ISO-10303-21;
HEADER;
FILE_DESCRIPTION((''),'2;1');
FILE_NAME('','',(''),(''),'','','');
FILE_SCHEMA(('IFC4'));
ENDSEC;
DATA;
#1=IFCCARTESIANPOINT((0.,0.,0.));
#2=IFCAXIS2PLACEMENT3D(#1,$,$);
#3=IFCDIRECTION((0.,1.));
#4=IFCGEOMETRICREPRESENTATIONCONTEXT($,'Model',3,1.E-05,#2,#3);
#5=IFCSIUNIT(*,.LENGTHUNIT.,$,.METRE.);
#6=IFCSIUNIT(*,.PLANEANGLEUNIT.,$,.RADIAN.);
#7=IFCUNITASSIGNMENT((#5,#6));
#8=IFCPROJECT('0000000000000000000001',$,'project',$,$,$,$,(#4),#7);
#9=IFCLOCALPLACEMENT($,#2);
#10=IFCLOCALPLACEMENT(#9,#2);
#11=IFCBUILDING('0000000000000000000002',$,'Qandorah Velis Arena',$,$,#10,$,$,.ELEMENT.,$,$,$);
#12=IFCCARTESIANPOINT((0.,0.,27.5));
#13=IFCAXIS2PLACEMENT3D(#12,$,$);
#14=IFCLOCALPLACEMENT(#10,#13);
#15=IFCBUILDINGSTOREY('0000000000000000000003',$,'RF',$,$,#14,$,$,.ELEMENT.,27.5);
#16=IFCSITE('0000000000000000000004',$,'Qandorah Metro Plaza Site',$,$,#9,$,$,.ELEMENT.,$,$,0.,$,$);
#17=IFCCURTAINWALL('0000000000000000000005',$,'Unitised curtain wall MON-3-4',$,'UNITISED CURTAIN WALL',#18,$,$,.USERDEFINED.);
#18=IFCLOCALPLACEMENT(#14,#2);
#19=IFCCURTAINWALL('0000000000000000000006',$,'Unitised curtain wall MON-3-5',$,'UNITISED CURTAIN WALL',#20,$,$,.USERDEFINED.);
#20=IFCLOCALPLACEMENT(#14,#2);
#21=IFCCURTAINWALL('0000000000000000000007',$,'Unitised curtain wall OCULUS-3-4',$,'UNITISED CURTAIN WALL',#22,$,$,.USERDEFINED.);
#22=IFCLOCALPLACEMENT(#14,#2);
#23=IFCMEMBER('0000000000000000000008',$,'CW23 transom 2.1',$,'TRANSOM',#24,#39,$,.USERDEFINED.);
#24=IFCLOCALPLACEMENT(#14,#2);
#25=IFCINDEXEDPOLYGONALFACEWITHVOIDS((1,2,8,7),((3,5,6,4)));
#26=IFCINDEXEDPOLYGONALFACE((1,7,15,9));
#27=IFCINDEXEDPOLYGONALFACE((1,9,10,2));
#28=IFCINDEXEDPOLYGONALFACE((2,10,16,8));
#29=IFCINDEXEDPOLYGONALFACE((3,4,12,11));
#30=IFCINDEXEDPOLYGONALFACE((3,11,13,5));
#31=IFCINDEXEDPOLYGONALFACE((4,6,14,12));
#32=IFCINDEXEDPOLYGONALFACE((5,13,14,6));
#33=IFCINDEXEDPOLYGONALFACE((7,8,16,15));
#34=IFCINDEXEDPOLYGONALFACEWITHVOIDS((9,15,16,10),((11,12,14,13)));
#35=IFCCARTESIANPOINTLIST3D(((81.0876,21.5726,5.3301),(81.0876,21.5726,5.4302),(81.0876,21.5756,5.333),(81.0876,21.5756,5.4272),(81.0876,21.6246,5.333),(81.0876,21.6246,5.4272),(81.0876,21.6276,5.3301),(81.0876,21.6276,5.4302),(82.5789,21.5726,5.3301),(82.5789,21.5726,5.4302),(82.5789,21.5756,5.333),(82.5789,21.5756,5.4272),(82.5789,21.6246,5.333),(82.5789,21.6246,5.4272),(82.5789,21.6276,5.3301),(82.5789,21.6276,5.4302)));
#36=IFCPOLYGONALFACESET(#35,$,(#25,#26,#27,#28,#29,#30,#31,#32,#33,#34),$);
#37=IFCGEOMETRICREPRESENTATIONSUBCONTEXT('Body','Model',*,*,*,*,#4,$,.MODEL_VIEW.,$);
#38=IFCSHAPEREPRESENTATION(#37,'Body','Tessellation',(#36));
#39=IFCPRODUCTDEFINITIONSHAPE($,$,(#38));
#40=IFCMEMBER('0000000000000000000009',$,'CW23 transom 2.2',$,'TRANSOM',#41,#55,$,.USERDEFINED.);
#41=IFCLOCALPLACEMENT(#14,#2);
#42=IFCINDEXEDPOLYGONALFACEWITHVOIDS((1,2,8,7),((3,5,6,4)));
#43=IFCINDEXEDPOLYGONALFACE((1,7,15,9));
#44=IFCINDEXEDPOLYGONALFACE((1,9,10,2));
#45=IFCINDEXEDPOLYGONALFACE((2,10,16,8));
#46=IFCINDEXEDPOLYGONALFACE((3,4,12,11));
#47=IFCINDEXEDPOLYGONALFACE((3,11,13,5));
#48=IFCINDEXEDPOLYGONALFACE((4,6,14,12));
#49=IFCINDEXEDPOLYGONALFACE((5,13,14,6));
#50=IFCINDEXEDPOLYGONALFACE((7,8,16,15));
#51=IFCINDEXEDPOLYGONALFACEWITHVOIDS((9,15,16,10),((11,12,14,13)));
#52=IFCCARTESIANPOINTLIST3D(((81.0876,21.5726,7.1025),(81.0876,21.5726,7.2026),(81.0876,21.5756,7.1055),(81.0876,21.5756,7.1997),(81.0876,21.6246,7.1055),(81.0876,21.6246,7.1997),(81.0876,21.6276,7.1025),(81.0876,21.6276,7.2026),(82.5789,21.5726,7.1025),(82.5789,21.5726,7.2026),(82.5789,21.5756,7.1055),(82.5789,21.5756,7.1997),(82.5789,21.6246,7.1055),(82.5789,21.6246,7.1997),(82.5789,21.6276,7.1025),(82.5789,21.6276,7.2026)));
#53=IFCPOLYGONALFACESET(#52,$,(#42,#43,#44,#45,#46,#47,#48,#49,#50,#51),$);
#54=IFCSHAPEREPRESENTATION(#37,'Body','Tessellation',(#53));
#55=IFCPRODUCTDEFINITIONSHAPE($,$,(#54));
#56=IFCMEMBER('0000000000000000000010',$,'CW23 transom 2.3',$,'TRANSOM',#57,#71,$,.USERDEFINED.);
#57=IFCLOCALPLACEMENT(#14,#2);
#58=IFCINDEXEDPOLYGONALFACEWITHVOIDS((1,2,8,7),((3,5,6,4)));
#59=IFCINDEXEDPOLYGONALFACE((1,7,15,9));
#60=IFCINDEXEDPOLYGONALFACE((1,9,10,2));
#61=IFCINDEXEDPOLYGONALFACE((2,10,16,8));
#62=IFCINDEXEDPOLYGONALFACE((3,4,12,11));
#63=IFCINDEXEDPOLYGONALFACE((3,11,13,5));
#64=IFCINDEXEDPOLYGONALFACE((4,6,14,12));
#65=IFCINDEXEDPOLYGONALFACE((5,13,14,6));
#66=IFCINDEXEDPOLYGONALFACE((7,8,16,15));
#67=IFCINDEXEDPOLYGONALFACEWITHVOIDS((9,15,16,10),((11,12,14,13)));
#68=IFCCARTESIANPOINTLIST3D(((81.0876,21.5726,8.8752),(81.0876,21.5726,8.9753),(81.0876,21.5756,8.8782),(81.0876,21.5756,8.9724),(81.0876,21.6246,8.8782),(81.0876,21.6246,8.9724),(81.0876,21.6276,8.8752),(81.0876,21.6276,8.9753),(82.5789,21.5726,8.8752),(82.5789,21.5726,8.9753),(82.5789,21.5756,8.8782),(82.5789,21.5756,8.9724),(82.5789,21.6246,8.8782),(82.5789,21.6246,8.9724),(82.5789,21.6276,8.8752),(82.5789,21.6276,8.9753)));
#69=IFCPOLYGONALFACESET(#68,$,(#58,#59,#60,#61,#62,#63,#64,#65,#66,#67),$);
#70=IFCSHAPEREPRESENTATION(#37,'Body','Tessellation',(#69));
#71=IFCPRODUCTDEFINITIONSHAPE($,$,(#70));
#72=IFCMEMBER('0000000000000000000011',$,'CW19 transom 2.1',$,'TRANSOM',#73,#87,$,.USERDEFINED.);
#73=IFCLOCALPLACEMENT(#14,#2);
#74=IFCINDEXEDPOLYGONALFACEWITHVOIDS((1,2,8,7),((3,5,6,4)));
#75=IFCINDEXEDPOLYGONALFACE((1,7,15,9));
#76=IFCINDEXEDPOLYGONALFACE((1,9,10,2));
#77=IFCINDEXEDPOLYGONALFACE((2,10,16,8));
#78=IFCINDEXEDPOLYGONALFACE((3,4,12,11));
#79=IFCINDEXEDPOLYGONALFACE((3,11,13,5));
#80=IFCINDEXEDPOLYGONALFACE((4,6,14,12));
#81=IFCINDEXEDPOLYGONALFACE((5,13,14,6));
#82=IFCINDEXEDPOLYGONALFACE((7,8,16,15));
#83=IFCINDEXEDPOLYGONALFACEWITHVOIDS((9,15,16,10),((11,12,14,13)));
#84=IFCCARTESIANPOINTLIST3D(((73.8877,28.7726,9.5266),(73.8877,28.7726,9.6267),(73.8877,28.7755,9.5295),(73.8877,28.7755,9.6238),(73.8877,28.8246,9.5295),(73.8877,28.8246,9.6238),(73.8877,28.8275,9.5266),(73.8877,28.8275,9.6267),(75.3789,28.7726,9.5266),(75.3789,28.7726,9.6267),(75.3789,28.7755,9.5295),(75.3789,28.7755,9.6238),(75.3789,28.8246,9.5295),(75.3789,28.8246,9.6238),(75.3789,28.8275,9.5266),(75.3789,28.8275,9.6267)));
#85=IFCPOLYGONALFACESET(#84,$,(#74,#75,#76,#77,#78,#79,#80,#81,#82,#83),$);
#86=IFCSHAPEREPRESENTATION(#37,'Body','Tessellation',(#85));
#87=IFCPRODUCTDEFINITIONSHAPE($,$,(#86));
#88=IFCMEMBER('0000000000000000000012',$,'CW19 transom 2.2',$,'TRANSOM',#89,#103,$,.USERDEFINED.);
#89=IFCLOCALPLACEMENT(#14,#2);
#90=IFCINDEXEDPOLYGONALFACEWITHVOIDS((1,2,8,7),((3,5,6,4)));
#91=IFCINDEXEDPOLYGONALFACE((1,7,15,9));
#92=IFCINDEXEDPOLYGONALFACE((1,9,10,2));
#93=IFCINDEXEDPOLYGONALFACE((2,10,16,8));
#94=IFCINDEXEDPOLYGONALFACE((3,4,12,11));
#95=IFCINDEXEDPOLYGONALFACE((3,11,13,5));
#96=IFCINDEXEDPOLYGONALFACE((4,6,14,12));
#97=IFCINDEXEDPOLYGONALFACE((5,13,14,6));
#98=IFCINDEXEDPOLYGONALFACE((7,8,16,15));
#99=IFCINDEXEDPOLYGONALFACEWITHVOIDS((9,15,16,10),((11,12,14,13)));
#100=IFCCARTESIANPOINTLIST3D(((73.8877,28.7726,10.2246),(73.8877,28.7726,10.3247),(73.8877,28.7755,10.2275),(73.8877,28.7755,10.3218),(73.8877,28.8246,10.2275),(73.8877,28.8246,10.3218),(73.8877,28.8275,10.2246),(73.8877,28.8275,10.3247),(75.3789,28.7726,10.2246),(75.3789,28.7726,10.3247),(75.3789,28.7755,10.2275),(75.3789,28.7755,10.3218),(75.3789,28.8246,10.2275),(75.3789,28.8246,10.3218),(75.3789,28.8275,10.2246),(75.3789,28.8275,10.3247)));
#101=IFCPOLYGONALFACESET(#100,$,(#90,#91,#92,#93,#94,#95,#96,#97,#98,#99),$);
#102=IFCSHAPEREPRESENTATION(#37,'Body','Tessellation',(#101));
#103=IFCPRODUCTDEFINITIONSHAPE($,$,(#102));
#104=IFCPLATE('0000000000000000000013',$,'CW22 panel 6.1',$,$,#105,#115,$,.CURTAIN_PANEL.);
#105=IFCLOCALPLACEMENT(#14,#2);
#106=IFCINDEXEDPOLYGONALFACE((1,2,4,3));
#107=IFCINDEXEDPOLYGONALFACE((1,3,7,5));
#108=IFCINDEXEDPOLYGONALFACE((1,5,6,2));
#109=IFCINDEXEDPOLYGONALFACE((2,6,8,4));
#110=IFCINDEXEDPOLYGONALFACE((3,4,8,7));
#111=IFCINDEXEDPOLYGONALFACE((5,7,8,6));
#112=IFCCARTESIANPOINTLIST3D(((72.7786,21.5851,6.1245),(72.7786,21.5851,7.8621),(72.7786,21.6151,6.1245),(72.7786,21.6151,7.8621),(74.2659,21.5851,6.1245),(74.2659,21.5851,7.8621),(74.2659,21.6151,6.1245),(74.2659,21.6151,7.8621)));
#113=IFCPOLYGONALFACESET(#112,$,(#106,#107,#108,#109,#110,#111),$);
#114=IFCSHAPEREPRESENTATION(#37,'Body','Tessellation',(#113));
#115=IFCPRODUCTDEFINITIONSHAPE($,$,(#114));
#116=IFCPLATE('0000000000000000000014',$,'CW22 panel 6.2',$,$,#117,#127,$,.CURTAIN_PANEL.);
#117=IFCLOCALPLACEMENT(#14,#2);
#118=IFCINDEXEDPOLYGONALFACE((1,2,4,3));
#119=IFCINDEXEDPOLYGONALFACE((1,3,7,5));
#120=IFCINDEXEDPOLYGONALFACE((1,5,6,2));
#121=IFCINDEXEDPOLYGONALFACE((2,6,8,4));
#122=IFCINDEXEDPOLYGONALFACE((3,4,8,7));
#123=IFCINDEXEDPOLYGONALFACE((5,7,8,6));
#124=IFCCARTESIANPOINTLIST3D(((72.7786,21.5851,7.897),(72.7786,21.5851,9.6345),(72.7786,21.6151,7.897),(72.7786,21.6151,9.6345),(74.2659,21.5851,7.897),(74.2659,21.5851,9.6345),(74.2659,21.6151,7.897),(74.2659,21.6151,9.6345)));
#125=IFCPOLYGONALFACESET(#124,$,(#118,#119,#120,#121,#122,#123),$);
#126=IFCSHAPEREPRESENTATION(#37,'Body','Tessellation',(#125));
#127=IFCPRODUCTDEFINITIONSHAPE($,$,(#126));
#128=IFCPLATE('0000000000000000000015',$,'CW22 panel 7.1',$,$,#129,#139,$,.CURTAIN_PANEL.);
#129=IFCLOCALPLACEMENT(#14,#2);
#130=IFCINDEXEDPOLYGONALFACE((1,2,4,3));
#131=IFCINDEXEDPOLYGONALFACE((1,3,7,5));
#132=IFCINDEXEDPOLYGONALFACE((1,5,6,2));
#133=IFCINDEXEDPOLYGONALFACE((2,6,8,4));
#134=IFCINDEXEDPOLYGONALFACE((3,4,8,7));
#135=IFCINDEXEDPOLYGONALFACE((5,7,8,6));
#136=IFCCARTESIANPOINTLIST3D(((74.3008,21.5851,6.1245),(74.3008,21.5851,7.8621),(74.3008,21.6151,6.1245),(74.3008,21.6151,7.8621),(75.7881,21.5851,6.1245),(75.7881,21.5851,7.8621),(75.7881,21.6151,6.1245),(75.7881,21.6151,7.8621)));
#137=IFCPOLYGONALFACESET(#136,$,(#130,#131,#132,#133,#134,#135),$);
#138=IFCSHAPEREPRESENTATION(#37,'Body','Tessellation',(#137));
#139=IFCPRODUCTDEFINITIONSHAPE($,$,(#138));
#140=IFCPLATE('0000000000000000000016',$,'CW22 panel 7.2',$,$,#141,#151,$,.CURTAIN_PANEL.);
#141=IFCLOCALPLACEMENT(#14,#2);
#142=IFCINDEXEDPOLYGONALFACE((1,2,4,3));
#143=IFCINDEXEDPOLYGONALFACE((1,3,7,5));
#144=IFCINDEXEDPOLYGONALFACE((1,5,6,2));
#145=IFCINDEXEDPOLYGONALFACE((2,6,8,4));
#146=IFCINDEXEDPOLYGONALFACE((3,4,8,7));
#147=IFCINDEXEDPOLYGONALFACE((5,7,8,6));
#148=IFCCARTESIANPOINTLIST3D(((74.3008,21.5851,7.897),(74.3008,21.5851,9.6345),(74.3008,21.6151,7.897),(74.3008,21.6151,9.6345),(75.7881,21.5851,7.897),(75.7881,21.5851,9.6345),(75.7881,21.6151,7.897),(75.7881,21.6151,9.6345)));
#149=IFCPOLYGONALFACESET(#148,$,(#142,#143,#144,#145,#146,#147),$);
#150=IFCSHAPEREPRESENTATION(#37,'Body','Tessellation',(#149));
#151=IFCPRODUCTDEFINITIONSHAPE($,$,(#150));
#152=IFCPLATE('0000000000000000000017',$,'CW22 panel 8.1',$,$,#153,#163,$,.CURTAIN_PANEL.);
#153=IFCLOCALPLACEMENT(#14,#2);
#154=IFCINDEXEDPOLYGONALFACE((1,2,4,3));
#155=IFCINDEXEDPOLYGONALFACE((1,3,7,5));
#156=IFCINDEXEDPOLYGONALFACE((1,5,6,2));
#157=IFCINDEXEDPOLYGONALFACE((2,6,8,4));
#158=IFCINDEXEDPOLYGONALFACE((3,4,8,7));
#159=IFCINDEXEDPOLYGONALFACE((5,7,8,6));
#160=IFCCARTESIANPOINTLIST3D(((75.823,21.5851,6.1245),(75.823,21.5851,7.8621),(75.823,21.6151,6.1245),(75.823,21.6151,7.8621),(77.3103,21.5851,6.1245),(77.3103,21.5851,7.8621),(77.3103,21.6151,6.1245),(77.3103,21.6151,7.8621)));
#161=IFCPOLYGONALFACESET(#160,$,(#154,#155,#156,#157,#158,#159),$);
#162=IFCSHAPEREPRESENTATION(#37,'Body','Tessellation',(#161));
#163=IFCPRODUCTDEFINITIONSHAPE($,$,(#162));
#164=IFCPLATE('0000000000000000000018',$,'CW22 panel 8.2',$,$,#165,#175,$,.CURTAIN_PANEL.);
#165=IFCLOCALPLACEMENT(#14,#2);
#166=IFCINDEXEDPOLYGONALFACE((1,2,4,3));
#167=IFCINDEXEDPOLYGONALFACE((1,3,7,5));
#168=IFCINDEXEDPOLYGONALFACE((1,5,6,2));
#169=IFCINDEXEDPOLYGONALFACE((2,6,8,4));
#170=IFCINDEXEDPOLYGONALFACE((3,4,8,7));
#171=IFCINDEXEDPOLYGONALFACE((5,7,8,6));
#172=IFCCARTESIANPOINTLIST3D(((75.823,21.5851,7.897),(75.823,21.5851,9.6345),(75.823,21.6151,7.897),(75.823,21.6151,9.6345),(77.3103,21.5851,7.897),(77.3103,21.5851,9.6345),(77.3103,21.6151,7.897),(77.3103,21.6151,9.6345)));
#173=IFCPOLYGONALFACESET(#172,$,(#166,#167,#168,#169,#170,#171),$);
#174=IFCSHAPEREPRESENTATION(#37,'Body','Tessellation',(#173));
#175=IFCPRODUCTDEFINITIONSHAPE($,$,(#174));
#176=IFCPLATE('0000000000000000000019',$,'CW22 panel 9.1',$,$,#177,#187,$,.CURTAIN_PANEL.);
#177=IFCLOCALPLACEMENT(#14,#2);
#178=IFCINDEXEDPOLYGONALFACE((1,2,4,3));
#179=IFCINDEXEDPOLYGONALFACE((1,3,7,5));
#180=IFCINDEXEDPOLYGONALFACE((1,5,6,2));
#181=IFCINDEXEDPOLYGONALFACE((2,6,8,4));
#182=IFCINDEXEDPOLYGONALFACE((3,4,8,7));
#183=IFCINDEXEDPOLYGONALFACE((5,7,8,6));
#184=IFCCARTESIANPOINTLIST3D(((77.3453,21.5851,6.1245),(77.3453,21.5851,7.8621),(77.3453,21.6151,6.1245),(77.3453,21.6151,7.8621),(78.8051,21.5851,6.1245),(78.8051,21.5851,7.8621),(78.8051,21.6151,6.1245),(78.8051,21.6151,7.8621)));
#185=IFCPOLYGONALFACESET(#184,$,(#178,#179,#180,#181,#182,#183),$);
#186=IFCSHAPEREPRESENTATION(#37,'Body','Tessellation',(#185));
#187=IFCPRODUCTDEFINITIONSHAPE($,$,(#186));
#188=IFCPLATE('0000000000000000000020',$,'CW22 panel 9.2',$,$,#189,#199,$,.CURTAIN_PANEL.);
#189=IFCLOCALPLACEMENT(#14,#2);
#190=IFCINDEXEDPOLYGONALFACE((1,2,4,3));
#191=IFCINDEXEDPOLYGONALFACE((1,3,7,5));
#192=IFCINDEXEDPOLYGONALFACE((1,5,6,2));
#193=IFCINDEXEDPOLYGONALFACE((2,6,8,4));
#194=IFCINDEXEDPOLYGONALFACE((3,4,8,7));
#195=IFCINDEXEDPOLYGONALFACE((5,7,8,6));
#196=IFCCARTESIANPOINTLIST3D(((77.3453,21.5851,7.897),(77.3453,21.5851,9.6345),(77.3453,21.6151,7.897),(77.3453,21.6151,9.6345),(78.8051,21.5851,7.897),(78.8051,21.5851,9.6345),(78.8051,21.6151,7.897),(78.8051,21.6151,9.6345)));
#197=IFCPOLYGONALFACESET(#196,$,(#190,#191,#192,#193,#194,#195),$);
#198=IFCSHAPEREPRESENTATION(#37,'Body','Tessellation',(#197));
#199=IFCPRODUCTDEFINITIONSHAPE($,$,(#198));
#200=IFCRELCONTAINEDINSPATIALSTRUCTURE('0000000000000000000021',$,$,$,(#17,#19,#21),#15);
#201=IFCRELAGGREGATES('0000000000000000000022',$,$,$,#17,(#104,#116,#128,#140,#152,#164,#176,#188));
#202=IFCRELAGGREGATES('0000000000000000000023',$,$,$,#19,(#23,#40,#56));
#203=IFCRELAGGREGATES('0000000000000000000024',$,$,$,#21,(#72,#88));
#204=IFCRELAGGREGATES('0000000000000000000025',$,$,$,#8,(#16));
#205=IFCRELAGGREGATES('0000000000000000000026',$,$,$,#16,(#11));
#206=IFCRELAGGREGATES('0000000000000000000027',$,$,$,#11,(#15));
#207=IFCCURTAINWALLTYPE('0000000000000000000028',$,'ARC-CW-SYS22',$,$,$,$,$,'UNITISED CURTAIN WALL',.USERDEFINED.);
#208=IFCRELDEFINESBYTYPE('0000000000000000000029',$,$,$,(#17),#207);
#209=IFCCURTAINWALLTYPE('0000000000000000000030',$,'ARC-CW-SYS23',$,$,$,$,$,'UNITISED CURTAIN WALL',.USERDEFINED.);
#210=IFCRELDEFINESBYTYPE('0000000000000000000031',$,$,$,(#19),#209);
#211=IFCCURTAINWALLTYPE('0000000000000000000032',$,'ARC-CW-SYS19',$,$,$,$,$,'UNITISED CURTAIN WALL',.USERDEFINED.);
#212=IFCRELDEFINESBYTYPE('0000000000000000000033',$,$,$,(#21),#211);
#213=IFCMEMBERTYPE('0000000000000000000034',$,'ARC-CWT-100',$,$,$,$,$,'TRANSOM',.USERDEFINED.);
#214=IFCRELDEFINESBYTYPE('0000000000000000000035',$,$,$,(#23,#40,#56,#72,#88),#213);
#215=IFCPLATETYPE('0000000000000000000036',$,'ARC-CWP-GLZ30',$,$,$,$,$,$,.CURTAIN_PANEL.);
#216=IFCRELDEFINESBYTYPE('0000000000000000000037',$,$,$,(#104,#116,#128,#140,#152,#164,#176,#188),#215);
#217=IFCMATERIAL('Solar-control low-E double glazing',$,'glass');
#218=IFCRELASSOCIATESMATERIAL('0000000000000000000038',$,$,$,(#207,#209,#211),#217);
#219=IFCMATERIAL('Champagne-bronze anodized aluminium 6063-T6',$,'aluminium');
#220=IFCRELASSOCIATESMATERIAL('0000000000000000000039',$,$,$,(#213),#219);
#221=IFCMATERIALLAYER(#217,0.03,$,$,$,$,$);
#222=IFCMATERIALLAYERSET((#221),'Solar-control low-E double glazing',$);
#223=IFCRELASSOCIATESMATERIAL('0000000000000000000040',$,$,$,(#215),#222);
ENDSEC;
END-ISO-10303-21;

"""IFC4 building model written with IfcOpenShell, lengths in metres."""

from ifc_helpers import new_model, si_unit, direction, frame, origin, origin_2d, place, context, subcontext, project, spatial, rectangle, hollow_rectangle, extrude, material, layer, layer_set, material_profile, profile_set, type_object, element, aggregate, save


model = new_model("IFC4")

# Units and contexts
model_context = context("Model", 3, precision=1e-05, world=origin(), true_north=direction((0.0, 1.0)))
body_context = subcontext(model_context, "Body", "Model", "MODEL_VIEW")
ifc_project = project(units=[si_unit("LENGTHUNIT", "METRE"), si_unit("PLANEANGLEUNIT", "RADIAN")], contexts=[model_context])

# Site, building, storey
site_placement = place(None, origin())
site = spatial("IfcSite", under=ifc_project, at=site_placement, Name="Qandorah Metro Plaza Site", CompositionType="ELEMENT", RefElevation=0.0)
building_placement = place(site_placement, origin())
building = spatial("IfcBuilding", under=site, at=building_placement, Name="Qandorah Velis Arena", CompositionType="ELEMENT")
storey_placement = place(building_placement, frame((0.0, 0.0, 27.5)))
storey = spatial("IfcBuildingStorey", under=building, at=storey_placement, Name="RF", CompositionType="ELEMENT", Elevation=27.5)

# Curtain walls
ifc_material_1 = material(Name="Solar-control low-E double glazing", Category="glass")
curtain_wall_type_1 = type_object("IfcCurtainWallType", Name="ARC-CW-SYS22", ElementType="UNITISED CURTAIN WALL", PredefinedType="USERDEFINED", material=ifc_material_1)
curtain_wall_1_placement = place(storey_placement, origin())
curtain_wall_1 = element("IfcCurtainWall", 1, at=curtain_wall_1_placement, inside=storey, type_object=curtain_wall_type_1, Name="Unitised curtain wall MON-3-4", ObjectType="UNITISED CURTAIN WALL", PredefinedType="USERDEFINED")
ifc_material_2 = material(Name="Champagne-bronze anodized aluminium 6063-T6", Category="aluminium")
curtain_wall_type_2 = type_object("IfcCurtainWallType", Name="ARC-CW-SYS23", ElementType="UNITISED CURTAIN WALL", PredefinedType="USERDEFINED", material=ifc_material_1)
curtain_wall_2_placement = place(storey_placement, origin())
curtain_wall_2 = element("IfcCurtainWall", 2, at=curtain_wall_2_placement, inside=storey, type_object=curtain_wall_type_2, Name="Unitised curtain wall MON-3-5", ObjectType="UNITISED CURTAIN WALL", PredefinedType="USERDEFINED")

# Curtain wall
curtain_wall_type_3 = type_object("IfcCurtainWallType", Name="ARC-CW-SYS19", ElementType="UNITISED CURTAIN WALL", PredefinedType="USERDEFINED", material=ifc_material_1)
curtain_wall_3_placement = place(storey_placement, origin())
curtain_wall_3 = element("IfcCurtainWall", 3, at=curtain_wall_3_placement, inside=storey, type_object=curtain_wall_type_3, Name="Unitised curtain wall OCULUS-3-4", ObjectType="UNITISED CURTAIN WALL", PredefinedType="USERDEFINED")

# Members
ifc_material_profile_1 = material_profile(ifc_material_2, hollow_rectangle(XDim=0.0549, YDim=0.1001, WallThickness=0.0029, at=origin_2d()), Name="ALU TRANSOM 55x100")
ifc_profile_set_1 = profile_set([ifc_material_profile_1], Name="Champagne-bronze anodized aluminium 6063-T6")
member_type_1 = type_object("IfcMemberType", Name="ARC-CWT-100", ElementType="TRANSOM", PredefinedType="USERDEFINED", material=ifc_profile_set_1)
member_1_placement = place(storey_placement, frame((81.0876, 21.6001, 5.3801), z_axis=(1.0, 0.0, 0.0), x_axis=(0.0, 1.0, 0.0)))
member_1 = element("IfcMember", 4, at=member_1_placement, type_object=member_type_1, Name="CW23 transom 2.1", ObjectType="TRANSOM", PredefinedType="USERDEFINED", context=body_context, shape_type="SweptSolid", body=[
    extrude(hollow_rectangle(XDim=0.0549, YDim=0.1001, WallThickness=0.0029, at=origin_2d()), origin(), (0.0, 0.0, 1.0), 1.4912),
])
member_2_placement = place(storey_placement, frame((81.0876, 21.6001, 7.1526), z_axis=(1.0, 0.0, 0.0), x_axis=(0.0, 1.0, 0.0)))
member_2 = element("IfcMember", 5, at=member_2_placement, type_object=member_type_1, Name="CW23 transom 2.2", ObjectType="TRANSOM", PredefinedType="USERDEFINED", context=body_context, shape_type="SweptSolid", body=[
    extrude(hollow_rectangle(XDim=0.0549, YDim=0.1001, WallThickness=0.0029, at=origin_2d()), origin(), (0.0, 0.0, 1.0), 1.4912),
])
member_3_placement = place(storey_placement, frame((81.0876, 21.6001, 8.9253), z_axis=(1.0, 0.0, 0.0), x_axis=(0.0, 1.0, 0.0)))
member_3 = element("IfcMember", 6, at=member_3_placement, type_object=member_type_1, Name="CW23 transom 2.3", ObjectType="TRANSOM", PredefinedType="USERDEFINED", context=body_context, shape_type="SweptSolid", body=[
    extrude(hollow_rectangle(XDim=0.0549, YDim=0.1001, WallThickness=0.0029, at=origin_2d()), origin(), (0.0, 0.0, 1.0), 1.4912),
])
member_4_placement = place(storey_placement, frame((73.8877, 28.8, 9.5767), z_axis=(1.0, 0.0, 0.0), x_axis=(0.0, 1.0, 0.0)))
member_4 = element("IfcMember", 7, at=member_4_placement, type_object=member_type_1, Name="CW19 transom 2.1", ObjectType="TRANSOM", PredefinedType="USERDEFINED", context=body_context, shape_type="SweptSolid", body=[
    extrude(hollow_rectangle(XDim=0.0549, YDim=0.1001, WallThickness=0.0029, at=origin_2d()), origin(), (0.0, 0.0, 1.0), 1.4912),
])
member_5_placement = place(storey_placement, frame((73.8877, 28.8, 10.2747), z_axis=(1.0, 0.0, 0.0), x_axis=(0.0, 1.0, 0.0)))
member_5 = element("IfcMember", 8, at=member_5_placement, type_object=member_type_1, Name="CW19 transom 2.2", ObjectType="TRANSOM", PredefinedType="USERDEFINED", context=body_context, shape_type="SweptSolid", body=[
    extrude(hollow_rectangle(XDim=0.0549, YDim=0.1001, WallThickness=0.0029, at=origin_2d()), origin(), (0.0, 0.0, 1.0), 1.4912),
])

# Plates
ifc_layer = layer(ifc_material_1, 0.03)
ifc_layer_set = layer_set([ifc_layer], Name="Solar-control low-E double glazing")
plate_type = type_object("IfcPlateType", Name="ARC-CWP-GLZ30", PredefinedType="CURTAIN_PANEL", material=ifc_layer_set)
plate_1_placement = place(storey_placement, frame((73.5222, 21.6001, 6.1245), z_axis=(0.0, 0.0, 1.0), x_axis=(1.0, 0.0, 0.0)))
plate_1 = element("IfcPlate", 9, at=plate_1_placement, type_object=plate_type, Name="CW22 panel 6.1", PredefinedType="CURTAIN_PANEL", context=body_context, shape_type="SweptSolid", body=[
    extrude(rectangle(XDim=1.4873, YDim=0.03, at=origin_2d()), origin(), (0.0, 0.0, 1.0), 1.7375),
])
plate_2_placement = place(storey_placement, frame((73.5222, 21.6001, 7.897), z_axis=(0.0, 0.0, 1.0), x_axis=(1.0, 0.0, 0.0)))
plate_2 = element("IfcPlate", 10, at=plate_2_placement, type_object=plate_type, Name="CW22 panel 6.2", PredefinedType="CURTAIN_PANEL", context=body_context, shape_type="SweptSolid", body=[
    extrude(rectangle(XDim=1.4873, YDim=0.03, at=origin_2d()), origin(), (0.0, 0.0, 1.0), 1.7375),
])
plate_3_placement = place(storey_placement, frame((75.0444, 21.6001, 6.1245), z_axis=(0.0, 0.0, 1.0), x_axis=(1.0, 0.0, 0.0)))
plate_3 = element("IfcPlate", 11, at=plate_3_placement, type_object=plate_type, Name="CW22 panel 7.1", PredefinedType="CURTAIN_PANEL", context=body_context, shape_type="SweptSolid", body=[
    extrude(rectangle(XDim=1.4873, YDim=0.03, at=origin_2d()), origin(), (0.0, 0.0, 1.0), 1.7375),
])
plate_4_placement = place(storey_placement, frame((75.0444, 21.6001, 7.897), z_axis=(0.0, 0.0, 1.0), x_axis=(1.0, 0.0, 0.0)))
plate_4 = element("IfcPlate", 12, at=plate_4_placement, type_object=plate_type, Name="CW22 panel 7.2", PredefinedType="CURTAIN_PANEL", context=body_context, shape_type="SweptSolid", body=[
    extrude(rectangle(XDim=1.4873, YDim=0.03, at=origin_2d()), origin(), (0.0, 0.0, 1.0), 1.7375),
])
plate_5_placement = place(storey_placement, frame((76.5667, 21.6001, 6.1245), z_axis=(0.0, 0.0, 1.0), x_axis=(1.0, 0.0, 0.0)))
plate_5 = element("IfcPlate", 13, at=plate_5_placement, type_object=plate_type, Name="CW22 panel 8.1", PredefinedType="CURTAIN_PANEL", context=body_context, shape_type="SweptSolid", body=[
    extrude(rectangle(XDim=1.4873, YDim=0.03, at=origin_2d()), origin(), (0.0, 0.0, 1.0), 1.7375),
])
plate_6_placement = place(storey_placement, frame((76.5667, 21.6001, 7.897), z_axis=(0.0, 0.0, 1.0), x_axis=(1.0, 0.0, 0.0)))
plate_6 = element("IfcPlate", 14, at=plate_6_placement, type_object=plate_type, Name="CW22 panel 8.2", PredefinedType="CURTAIN_PANEL", context=body_context, shape_type="SweptSolid", body=[
    extrude(rectangle(XDim=1.4873, YDim=0.03, at=origin_2d()), origin(), (0.0, 0.0, 1.0), 1.7375),
])
plate_7_placement = place(storey_placement, frame((78.0752, 21.6001, 6.1245), z_axis=(0.0, 0.0, 1.0), x_axis=(1.0, 0.0, 0.0)))
plate_7 = element("IfcPlate", 15, at=plate_7_placement, type_object=plate_type, Name="CW22 panel 9.1", PredefinedType="CURTAIN_PANEL", context=body_context, shape_type="SweptSolid", body=[
    extrude(rectangle(XDim=1.4597, YDim=0.03, at=origin_2d()), origin(), (0.0, 0.0, 1.0), 1.7375),
])
plate_8_placement = place(storey_placement, frame((78.0752, 21.6001, 7.897), z_axis=(0.0, 0.0, 1.0), x_axis=(1.0, 0.0, 0.0)))
plate_8 = element("IfcPlate", 16, at=plate_8_placement, type_object=plate_type, Name="CW22 panel 9.2", PredefinedType="CURTAIN_PANEL", context=body_context, shape_type="SweptSolid", body=[
    extrude(rectangle(XDim=1.4597, YDim=0.03, at=origin_2d()), origin(), (0.0, 0.0, 1.0), 1.7375),
])
aggregate(curtain_wall_1, [plate_1, plate_2, plate_3, plate_4, plate_5, plate_6, plate_7, plate_8])
aggregate(curtain_wall_2, [member_1, member_2, member_3])
aggregate(curtain_wall_3, [member_4, member_5])

save(model, "model.ifc")
